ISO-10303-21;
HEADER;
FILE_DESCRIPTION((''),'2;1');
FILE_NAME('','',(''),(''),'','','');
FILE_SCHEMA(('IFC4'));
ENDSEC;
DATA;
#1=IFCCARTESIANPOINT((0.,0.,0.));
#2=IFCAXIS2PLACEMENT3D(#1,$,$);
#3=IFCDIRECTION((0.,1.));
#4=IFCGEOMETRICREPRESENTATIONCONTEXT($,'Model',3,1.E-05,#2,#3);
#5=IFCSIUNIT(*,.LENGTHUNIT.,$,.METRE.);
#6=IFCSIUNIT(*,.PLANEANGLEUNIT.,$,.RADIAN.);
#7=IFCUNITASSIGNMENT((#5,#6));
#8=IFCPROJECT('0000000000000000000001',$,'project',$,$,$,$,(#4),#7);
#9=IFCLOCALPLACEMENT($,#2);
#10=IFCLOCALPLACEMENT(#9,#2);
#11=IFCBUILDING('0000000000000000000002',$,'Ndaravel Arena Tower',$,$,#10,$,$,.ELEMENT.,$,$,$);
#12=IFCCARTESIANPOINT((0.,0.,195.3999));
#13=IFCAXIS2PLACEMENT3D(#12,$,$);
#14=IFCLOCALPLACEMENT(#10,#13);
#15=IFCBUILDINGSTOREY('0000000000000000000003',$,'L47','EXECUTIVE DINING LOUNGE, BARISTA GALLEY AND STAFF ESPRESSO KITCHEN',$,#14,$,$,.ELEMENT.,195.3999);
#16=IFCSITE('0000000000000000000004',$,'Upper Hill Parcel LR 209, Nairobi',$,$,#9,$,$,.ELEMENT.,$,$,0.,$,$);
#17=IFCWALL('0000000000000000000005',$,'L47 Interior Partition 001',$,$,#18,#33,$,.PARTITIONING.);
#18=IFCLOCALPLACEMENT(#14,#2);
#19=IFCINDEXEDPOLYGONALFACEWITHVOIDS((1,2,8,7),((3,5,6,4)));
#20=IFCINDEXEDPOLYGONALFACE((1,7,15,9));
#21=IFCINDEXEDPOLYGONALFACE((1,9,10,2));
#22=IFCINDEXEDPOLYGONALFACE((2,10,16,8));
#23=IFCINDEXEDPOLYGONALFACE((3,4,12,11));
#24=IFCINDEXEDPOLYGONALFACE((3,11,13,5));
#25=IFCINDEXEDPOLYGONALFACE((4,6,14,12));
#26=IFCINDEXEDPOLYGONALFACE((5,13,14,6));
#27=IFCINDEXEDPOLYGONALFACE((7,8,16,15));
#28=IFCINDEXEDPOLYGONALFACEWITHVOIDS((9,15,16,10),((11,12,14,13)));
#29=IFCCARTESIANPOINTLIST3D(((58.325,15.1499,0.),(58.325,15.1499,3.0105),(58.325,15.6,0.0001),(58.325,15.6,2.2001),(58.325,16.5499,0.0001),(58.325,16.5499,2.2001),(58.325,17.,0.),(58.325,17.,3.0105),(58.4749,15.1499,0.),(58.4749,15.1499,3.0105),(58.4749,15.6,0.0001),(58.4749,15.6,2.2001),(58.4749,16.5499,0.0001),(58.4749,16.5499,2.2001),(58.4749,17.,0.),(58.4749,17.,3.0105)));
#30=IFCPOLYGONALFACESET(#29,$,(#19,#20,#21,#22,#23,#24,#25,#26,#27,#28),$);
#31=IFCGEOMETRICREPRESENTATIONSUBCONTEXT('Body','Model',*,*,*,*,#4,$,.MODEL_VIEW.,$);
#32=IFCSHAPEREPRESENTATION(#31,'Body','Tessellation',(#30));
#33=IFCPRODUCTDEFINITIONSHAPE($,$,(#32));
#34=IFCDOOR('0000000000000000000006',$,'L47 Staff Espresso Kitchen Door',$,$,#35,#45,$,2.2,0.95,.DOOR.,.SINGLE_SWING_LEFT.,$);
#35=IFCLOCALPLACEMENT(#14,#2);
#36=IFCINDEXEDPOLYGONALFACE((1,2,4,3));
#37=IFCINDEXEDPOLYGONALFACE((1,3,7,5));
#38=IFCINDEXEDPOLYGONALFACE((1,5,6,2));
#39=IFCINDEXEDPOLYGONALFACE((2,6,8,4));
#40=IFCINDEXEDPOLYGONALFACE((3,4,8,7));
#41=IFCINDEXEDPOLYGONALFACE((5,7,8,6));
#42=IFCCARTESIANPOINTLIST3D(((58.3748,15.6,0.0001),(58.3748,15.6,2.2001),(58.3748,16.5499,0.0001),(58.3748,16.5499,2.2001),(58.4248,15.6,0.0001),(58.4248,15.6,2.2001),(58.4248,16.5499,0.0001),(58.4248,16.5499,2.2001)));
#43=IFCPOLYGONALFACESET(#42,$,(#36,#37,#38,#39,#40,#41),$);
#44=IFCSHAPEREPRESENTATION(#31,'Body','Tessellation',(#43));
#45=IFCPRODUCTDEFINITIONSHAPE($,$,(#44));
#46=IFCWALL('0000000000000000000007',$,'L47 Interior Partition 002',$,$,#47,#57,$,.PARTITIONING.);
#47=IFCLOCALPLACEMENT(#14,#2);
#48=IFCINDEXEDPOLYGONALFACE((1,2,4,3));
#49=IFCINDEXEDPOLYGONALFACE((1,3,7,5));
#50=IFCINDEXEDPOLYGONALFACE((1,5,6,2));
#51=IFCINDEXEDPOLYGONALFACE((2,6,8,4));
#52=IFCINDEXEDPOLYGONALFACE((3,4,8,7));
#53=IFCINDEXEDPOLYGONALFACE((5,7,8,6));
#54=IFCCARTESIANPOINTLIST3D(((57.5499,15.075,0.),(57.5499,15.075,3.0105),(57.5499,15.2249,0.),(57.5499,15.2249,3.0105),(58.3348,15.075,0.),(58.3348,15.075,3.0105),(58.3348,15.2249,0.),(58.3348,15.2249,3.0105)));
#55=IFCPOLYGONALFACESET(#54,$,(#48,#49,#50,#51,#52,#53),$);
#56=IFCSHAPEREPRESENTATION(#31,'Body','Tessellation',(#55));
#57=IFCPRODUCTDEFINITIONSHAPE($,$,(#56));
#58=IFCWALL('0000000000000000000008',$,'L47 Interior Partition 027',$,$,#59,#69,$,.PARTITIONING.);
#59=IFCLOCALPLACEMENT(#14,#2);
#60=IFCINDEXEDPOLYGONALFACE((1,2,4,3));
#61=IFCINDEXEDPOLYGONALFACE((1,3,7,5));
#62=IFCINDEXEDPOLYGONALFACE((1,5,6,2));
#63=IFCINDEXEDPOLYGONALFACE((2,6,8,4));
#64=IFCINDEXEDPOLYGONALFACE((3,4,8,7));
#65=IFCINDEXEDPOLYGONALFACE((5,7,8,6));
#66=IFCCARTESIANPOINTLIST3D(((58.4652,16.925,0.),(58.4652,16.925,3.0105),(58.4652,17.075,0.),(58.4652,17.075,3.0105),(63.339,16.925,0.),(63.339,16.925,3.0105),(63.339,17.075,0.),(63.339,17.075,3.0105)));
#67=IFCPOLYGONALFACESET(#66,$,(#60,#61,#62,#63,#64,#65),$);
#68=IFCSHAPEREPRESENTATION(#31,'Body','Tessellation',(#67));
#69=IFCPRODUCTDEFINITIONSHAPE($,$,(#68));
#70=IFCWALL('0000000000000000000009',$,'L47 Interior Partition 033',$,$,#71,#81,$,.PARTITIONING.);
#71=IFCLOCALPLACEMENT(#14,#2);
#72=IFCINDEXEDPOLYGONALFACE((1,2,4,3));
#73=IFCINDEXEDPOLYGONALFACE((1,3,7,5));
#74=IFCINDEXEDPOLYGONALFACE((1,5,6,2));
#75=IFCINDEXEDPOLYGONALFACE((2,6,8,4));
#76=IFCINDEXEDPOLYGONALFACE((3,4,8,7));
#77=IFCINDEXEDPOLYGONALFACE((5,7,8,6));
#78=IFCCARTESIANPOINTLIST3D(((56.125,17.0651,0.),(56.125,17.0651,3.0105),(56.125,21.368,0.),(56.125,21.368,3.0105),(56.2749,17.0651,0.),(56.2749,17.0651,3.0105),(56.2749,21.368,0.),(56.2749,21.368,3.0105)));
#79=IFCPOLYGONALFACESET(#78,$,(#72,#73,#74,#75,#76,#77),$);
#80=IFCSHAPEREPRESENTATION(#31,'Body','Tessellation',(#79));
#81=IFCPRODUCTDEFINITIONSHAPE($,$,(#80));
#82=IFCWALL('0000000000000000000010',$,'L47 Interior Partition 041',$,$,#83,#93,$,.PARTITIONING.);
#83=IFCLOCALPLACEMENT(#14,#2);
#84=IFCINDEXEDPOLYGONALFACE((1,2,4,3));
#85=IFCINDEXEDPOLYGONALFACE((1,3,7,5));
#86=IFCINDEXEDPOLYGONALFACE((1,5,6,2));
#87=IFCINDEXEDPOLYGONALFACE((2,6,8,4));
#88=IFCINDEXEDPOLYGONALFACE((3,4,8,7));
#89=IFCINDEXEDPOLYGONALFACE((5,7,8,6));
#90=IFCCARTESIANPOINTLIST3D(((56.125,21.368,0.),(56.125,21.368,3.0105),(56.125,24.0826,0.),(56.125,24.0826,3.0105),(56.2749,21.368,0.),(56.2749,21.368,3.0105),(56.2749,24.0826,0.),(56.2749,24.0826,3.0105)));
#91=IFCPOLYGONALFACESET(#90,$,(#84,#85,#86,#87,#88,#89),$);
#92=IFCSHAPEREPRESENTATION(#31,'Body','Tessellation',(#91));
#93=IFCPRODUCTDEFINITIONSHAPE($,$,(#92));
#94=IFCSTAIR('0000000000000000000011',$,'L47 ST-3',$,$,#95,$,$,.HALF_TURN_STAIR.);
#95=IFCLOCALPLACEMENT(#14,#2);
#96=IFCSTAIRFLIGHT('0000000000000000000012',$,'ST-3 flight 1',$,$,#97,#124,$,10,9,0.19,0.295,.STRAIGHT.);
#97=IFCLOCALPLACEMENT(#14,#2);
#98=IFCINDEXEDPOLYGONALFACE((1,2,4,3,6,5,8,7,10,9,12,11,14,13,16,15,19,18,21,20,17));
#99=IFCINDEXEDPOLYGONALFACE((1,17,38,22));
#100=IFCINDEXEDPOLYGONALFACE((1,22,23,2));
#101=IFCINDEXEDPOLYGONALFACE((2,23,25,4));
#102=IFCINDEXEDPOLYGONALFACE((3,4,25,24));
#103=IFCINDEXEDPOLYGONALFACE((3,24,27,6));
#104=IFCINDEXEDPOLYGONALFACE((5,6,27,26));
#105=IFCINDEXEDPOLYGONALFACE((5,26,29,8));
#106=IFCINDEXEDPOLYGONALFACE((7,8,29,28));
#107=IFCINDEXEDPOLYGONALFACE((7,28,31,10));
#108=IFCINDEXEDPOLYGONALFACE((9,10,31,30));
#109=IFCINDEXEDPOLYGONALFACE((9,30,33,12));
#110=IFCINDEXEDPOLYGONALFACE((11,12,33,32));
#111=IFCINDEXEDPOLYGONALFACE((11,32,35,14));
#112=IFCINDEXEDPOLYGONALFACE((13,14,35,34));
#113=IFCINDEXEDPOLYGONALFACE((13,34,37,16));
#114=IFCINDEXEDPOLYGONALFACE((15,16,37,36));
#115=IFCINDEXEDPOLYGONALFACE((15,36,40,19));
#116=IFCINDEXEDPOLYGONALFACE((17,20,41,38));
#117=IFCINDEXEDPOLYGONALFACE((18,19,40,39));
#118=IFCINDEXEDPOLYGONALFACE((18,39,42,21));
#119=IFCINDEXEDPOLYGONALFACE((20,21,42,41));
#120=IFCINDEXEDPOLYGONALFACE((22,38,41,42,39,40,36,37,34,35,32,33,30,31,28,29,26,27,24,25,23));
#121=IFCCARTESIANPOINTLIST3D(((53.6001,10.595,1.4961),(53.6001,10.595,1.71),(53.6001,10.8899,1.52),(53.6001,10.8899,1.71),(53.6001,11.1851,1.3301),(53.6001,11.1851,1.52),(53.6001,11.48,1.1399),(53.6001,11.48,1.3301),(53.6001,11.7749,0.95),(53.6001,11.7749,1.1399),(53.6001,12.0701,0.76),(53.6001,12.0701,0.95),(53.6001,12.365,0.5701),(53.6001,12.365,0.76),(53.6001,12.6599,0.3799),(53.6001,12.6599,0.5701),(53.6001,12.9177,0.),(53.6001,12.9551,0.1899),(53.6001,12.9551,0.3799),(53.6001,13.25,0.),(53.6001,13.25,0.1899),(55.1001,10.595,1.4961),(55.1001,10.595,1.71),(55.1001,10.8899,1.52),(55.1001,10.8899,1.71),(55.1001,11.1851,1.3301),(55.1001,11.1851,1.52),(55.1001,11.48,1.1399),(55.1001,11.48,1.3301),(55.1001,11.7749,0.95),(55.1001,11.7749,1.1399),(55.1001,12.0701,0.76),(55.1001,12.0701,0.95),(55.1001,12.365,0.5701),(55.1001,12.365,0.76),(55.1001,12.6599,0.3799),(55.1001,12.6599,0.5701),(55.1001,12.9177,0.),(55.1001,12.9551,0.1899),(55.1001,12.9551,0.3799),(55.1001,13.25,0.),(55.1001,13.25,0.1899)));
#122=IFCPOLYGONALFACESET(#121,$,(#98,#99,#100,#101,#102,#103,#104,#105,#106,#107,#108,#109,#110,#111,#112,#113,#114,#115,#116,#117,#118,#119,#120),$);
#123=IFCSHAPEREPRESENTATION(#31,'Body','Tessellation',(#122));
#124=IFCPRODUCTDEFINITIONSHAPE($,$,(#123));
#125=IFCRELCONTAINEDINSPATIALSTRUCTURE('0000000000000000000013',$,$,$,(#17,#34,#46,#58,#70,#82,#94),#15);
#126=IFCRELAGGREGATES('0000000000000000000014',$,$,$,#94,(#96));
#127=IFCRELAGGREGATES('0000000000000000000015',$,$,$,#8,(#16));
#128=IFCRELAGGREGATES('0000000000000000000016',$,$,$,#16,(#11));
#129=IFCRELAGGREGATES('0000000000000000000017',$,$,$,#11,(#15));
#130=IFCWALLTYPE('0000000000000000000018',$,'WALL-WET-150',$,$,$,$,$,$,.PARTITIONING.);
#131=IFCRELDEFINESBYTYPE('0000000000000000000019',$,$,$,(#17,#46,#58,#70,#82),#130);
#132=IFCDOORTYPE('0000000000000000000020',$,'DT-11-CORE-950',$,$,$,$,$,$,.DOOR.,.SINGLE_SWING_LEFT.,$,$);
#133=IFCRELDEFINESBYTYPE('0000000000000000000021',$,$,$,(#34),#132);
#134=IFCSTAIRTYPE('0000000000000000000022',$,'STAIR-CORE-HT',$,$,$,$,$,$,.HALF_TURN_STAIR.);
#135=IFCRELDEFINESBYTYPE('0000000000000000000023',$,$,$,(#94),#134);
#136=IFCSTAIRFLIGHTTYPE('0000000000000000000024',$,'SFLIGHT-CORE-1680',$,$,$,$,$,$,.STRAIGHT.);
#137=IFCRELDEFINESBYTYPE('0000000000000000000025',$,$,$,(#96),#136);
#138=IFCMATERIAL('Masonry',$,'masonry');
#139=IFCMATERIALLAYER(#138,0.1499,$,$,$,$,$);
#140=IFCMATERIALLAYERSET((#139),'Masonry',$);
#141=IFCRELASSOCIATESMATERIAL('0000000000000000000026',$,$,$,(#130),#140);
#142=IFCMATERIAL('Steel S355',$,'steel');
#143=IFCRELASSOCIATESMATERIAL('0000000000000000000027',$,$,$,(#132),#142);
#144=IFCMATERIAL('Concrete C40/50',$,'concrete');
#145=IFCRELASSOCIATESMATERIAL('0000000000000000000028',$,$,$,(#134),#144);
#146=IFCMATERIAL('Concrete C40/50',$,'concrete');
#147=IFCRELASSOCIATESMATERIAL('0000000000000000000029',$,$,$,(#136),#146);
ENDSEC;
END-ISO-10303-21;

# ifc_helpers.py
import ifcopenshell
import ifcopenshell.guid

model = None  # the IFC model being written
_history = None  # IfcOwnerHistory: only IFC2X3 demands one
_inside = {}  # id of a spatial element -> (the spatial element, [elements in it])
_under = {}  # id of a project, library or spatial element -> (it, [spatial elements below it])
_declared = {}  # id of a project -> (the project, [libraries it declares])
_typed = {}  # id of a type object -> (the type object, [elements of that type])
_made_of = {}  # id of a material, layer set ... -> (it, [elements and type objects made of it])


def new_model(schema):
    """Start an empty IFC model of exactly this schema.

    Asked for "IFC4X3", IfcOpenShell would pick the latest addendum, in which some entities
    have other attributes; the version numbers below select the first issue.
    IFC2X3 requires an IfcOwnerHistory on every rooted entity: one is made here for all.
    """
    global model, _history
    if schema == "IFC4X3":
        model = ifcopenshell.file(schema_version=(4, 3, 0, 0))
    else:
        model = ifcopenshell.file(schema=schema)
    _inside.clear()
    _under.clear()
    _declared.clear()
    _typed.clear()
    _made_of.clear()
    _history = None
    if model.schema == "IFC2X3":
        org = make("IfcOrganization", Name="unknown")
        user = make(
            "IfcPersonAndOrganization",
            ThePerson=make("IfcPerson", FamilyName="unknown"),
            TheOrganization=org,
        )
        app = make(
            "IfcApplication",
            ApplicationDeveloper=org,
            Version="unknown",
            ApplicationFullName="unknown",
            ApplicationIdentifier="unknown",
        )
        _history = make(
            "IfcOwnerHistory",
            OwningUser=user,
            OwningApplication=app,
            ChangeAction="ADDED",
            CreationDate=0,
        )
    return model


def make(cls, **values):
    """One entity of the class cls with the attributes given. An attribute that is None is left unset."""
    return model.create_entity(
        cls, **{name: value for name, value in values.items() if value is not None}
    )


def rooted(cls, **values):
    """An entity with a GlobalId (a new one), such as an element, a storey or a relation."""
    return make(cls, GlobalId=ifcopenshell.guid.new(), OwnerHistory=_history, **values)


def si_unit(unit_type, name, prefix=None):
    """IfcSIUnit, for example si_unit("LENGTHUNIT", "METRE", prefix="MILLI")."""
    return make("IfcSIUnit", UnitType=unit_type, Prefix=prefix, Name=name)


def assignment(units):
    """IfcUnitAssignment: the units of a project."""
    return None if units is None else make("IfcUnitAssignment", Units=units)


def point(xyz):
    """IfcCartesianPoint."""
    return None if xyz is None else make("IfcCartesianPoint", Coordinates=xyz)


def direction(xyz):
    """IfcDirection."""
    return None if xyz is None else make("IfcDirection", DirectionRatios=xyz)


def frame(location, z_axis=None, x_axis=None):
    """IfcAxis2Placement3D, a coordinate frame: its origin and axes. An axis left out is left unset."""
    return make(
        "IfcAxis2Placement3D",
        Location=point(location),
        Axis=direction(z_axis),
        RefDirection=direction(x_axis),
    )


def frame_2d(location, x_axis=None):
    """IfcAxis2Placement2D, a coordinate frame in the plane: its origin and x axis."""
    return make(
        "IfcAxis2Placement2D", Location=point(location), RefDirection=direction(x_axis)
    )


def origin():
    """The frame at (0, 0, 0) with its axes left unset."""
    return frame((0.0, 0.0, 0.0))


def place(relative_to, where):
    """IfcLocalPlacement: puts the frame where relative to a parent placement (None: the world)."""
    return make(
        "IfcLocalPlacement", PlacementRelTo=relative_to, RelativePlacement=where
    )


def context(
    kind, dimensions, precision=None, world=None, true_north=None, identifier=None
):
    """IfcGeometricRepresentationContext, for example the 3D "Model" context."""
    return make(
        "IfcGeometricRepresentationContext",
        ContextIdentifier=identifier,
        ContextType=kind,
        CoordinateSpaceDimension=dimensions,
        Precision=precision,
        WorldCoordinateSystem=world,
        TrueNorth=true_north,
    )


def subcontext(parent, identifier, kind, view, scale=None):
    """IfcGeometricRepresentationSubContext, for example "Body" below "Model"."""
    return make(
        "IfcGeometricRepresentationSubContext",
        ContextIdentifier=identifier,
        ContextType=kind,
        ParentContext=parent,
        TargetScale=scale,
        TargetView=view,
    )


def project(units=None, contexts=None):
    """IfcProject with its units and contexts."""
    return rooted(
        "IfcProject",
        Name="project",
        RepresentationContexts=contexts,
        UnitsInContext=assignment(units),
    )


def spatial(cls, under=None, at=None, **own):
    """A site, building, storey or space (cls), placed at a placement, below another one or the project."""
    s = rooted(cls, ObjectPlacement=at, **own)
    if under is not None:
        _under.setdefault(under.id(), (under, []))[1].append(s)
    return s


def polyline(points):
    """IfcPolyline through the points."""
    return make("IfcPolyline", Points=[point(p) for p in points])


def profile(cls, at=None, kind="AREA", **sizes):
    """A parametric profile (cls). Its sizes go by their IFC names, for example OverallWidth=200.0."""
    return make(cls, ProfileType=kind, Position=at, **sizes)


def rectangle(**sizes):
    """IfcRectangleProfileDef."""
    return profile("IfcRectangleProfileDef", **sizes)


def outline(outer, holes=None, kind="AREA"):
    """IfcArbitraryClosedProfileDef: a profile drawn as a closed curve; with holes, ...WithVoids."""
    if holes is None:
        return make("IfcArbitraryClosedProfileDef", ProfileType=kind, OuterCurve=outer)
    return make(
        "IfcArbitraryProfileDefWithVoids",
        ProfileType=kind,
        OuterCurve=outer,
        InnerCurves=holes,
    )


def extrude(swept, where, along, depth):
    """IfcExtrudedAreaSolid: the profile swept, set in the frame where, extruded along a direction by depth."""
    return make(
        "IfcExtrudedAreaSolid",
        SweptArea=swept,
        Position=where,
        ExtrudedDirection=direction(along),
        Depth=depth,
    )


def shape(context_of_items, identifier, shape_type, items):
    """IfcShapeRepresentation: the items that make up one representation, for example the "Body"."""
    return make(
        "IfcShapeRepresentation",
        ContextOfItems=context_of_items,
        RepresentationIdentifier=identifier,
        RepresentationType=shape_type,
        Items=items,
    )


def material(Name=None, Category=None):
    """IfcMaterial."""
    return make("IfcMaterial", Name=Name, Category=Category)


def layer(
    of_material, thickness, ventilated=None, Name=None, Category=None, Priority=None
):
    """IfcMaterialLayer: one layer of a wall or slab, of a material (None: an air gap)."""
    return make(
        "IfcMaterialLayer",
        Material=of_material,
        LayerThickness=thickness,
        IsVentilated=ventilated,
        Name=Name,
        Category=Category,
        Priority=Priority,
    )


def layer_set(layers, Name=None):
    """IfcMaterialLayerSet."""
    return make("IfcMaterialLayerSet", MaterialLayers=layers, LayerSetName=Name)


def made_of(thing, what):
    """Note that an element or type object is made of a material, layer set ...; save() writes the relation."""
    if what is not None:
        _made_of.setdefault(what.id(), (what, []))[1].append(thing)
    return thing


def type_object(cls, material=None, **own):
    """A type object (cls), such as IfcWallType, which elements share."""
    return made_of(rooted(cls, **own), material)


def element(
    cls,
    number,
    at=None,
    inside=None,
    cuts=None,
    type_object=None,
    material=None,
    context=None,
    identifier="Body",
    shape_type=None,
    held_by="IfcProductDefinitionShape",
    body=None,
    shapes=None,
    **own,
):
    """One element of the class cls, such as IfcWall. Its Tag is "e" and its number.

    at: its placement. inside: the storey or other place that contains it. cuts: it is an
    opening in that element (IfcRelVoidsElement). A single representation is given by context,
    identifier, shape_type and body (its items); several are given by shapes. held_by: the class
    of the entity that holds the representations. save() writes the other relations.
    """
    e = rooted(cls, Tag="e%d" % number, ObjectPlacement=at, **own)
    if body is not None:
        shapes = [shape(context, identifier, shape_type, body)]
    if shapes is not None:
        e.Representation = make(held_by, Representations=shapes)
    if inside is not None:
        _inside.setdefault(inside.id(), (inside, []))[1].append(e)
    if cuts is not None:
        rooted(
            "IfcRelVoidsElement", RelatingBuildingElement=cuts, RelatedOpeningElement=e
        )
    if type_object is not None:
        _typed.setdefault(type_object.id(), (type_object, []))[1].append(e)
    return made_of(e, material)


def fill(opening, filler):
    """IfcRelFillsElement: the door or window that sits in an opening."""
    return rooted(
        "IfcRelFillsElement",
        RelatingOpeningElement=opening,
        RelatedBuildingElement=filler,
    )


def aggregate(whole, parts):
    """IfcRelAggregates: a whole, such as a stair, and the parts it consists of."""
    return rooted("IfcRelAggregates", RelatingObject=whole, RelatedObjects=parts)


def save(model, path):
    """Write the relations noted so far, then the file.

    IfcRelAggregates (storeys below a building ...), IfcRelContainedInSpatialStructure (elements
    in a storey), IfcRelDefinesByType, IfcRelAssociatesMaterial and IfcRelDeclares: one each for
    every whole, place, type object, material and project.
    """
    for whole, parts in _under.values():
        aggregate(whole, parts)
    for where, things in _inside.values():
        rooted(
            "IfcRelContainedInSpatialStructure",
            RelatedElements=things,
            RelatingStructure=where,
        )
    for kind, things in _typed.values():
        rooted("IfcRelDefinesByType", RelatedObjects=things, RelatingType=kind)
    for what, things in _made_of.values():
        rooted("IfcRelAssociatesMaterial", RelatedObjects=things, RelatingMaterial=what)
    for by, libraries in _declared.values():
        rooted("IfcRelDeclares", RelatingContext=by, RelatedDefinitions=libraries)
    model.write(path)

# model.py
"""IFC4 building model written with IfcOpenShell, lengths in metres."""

from ifc_helpers import new_model, si_unit, direction, frame, frame_2d, origin, place, context, subcontext, project, spatial, polyline, rectangle, outline, extrude, material, layer, layer_set, type_object, element, fill, aggregate, save


model = new_model("IFC4")

# Units and contexts
model_context = context("Model", 3, precision=1e-05, world=origin(), true_north=direction((0.0, 1.0)))
body_context = subcontext(model_context, "Body", "Model", "MODEL_VIEW")
ifc_project = project(units=[si_unit("LENGTHUNIT", "METRE"), si_unit("PLANEANGLEUNIT", "RADIAN")], contexts=[model_context])

# Site, building, storey
site_placement = place(None, origin())
site = spatial("IfcSite", under=ifc_project, at=site_placement, Name="Upper Hill Parcel LR 209, Nairobi", CompositionType="ELEMENT", RefElevation=0.0)
building_placement = place(site_placement, origin())
building = spatial("IfcBuilding", under=site, at=building_placement, Name="Ndaravel Arena Tower", CompositionType="ELEMENT")
storey_placement = place(building_placement, frame((0.0, 0.0, 195.3999)))
storey = spatial("IfcBuildingStorey", under=building, at=storey_placement, Name="L47", Description="EXECUTIVE DINING LOUNGE, BARISTA GALLEY AND STAFF ESPRESSO KITCHEN", CompositionType="ELEMENT", Elevation=195.3999)

# Wall, opening, door
ifc_material_1 = material(Name="Masonry", Category="masonry")
ifc_layer_1 = layer(ifc_material_1, 0.1499)
ifc_layer_set_1 = layer_set([ifc_layer_1], Name="Masonry")
wall_type_1 = type_object("IfcWallType", Name="WALL-WET-150", PredefinedType="PARTITIONING", material=ifc_layer_set_1)
wall_1_placement = place(storey_placement, frame((58.3999, 17.0, 0.0), z_axis=(0.0, 0.0, 1.0), x_axis=(0.0, -1.0, 0.0)))
wall_1 = element("IfcWall", 1, at=wall_1_placement, inside=storey, type_object=wall_type_1, Name="L47 Interior Partition 001", PredefinedType="PARTITIONING", context=body_context, shape_type="SweptSolid", body=[
    extrude(rectangle(XDim=1.8501, YDim=0.1499, at=frame_2d((0.925, 0.0))), origin(), (0.0, 0.0, 1.0), 3.0105),
])
opening_1_placement = place(wall_1_placement, frame((0.45, 0.0, 0.0)))
opening_1 = element("IfcOpeningElement", 2, at=opening_1_placement, cuts=wall_1, PredefinedType="OPENING", context=body_context, shape_type="SweptSolid", body=[
    extrude(rectangle(XDim=0.95, YDim=2.2, at=frame_2d((0.4751, 1.1001))), frame((0.0, 0.075, 0.0), z_axis=(0.0, -1.0, 0.0), x_axis=(1.0, 0.0, 0.0)), (0.0, 0.0, 1.0), 0.1499),
])
ifc_material_2 = material(Name="Steel S355", Category="steel")
door_type_1 = type_object("IfcDoorType", Name="DT-11-CORE-950", OperationType="SINGLE_SWING_LEFT", PredefinedType="DOOR", material=ifc_material_2)
door_1_placement = place(opening_1_placement, origin())
door_1 = element("IfcDoor", 3, at=door_1_placement, inside=storey, type_object=door_type_1, Name="L47 Staff Espresso Kitchen Door", OperationType="SINGLE_SWING_LEFT", OverallHeight=2.2, OverallWidth=0.95, PredefinedType="DOOR", context=body_context, shape_type="SweptSolid", body=[
    extrude(rectangle(XDim=0.95, YDim=2.2, at=frame_2d((0.4751, 1.1001))), frame((0.0, 0.0249, 0.0), z_axis=(0.0, -1.0, 0.0), x_axis=(1.0, 0.0, 0.0)), (0.0, 0.0, 1.0), 0.05),
])
fill(opening_1, door_1)

# Walls
wall_2_placement = place(storey_placement, frame((58.335, 15.1499, 0.0), z_axis=(0.0, 0.0, 1.0), x_axis=(-1.0, 0.0, 0.0)))
element("IfcWall", 4, at=wall_2_placement, inside=storey, type_object=wall_type_1, Name="L47 Interior Partition 002", PredefinedType="PARTITIONING", context=body_context, shape_type="SweptSolid", body=[
    extrude(rectangle(XDim=0.7849, YDim=0.1499, at=frame_2d((0.3926, 0.0))), origin(), (0.0, 0.0, 1.0), 3.0105),
])
wall_3_placement = place(storey_placement, frame((58.4651, 17.0, 0.0), z_axis=(0.0, 0.0, 1.0), x_axis=(1.0, 0.0, 0.0)))
element("IfcWall", 5, at=wall_3_placement, inside=storey, type_object=wall_type_1, Name="L47 Interior Partition 027", PredefinedType="PARTITIONING", context=body_context, shape_type="SweptSolid", body=[
    extrude(rectangle(XDim=4.8738, YDim=0.1499, at=frame_2d((2.437, 0.0))), origin(), (0.0, 0.0, 1.0), 3.0105),
])
wall_4_placement = place(storey_placement, frame((56.2, 21.3679, 0.0), z_axis=(0.0, 0.0, 1.0), x_axis=(0.0, -1.0, 0.0)))
element("IfcWall", 6, at=wall_4_placement, inside=storey, type_object=wall_type_1, Name="L47 Interior Partition 033", PredefinedType="PARTITIONING", context=body_context, shape_type="SweptSolid", body=[
    extrude(rectangle(XDim=4.303, YDim=0.1499, at=frame_2d((2.1514, 0.0))), origin(), (0.0, 0.0, 1.0), 3.0105),
])
wall_5_placement = place(storey_placement, frame((56.2, 21.3679, 0.0), z_axis=(0.0, 0.0, 1.0), x_axis=(0.0, 1.0, 0.0)))
element("IfcWall", 7, at=wall_5_placement, inside=storey, type_object=wall_type_1, Name="L47 Interior Partition 041", PredefinedType="PARTITIONING", context=body_context, shape_type="SweptSolid", body=[
    extrude(rectangle(XDim=2.7146, YDim=0.1499, at=frame_2d((1.3574, 0.0))), origin(), (0.0, 0.0, 1.0), 3.0105),
])

# Stair, stair flight
ifc_material_3 = material(Name="Concrete C40/50", Category="concrete")
stair_type = type_object("IfcStairType", Name="STAIR-CORE-HT", PredefinedType="HALF_TURN_STAIR", material=ifc_material_3)
stair_placement = place(storey_placement, origin())
stair = element("IfcStair", 8, at=stair_placement, inside=storey, type_object=stair_type, Name="L47 ST-3", PredefinedType="HALF_TURN_STAIR")
ifc_material_4 = material(Name="Concrete C40/50", Category="concrete")
stair_flight_type = type_object("IfcStairFlightType", Name="SFLIGHT-CORE-1680", PredefinedType="STRAIGHT", material=ifc_material_4)
stair_flight_placement = place(storey_placement, frame((54.3501, 13.25, 0.0), z_axis=(0.0, 0.0, 1.0), x_axis=(0.0, -1.0, 0.0)))
stair_flight = element("IfcStairFlight", 9, at=stair_flight_placement, type_object=stair_flight_type, Name="ST-3 flight 1", NumberOfRisers=10, NumberOfTreads=9, PredefinedType="STRAIGHT", RiserHeight=0.19, TreadLength=0.295, context=body_context, shape_type="SweptSolid", body=[
    extrude(outline(polyline([(0.0, 0.0), (0.0, 0.1899), (0.2949, 0.1899), (0.2949, 0.3799), (0.5901, 0.3799), (0.5901, 0.5701), (0.885, 0.5701), (0.885, 0.76), (1.1799, 0.76), (1.1799, 0.95), (1.4751, 0.95), (1.4751, 1.1399), (1.77, 1.1399), (1.77, 1.3301), (2.0649, 1.3301), (2.0649, 1.52), (2.3601, 1.52), (2.3601, 1.71), (2.655, 1.71), (2.655, 1.8999), (2.655, 1.4961), (0.3323, 0.0), (0.0, 0.0)])), frame((0.0, 0.75, 0.0), z_axis=(0.0, -1.0, 0.0), x_axis=(1.0, 0.0, 0.0)), (0.0, 0.0, 1.0), 1.5),
])
aggregate(stair, [stair_flight])

save(model, "model.ifc")
